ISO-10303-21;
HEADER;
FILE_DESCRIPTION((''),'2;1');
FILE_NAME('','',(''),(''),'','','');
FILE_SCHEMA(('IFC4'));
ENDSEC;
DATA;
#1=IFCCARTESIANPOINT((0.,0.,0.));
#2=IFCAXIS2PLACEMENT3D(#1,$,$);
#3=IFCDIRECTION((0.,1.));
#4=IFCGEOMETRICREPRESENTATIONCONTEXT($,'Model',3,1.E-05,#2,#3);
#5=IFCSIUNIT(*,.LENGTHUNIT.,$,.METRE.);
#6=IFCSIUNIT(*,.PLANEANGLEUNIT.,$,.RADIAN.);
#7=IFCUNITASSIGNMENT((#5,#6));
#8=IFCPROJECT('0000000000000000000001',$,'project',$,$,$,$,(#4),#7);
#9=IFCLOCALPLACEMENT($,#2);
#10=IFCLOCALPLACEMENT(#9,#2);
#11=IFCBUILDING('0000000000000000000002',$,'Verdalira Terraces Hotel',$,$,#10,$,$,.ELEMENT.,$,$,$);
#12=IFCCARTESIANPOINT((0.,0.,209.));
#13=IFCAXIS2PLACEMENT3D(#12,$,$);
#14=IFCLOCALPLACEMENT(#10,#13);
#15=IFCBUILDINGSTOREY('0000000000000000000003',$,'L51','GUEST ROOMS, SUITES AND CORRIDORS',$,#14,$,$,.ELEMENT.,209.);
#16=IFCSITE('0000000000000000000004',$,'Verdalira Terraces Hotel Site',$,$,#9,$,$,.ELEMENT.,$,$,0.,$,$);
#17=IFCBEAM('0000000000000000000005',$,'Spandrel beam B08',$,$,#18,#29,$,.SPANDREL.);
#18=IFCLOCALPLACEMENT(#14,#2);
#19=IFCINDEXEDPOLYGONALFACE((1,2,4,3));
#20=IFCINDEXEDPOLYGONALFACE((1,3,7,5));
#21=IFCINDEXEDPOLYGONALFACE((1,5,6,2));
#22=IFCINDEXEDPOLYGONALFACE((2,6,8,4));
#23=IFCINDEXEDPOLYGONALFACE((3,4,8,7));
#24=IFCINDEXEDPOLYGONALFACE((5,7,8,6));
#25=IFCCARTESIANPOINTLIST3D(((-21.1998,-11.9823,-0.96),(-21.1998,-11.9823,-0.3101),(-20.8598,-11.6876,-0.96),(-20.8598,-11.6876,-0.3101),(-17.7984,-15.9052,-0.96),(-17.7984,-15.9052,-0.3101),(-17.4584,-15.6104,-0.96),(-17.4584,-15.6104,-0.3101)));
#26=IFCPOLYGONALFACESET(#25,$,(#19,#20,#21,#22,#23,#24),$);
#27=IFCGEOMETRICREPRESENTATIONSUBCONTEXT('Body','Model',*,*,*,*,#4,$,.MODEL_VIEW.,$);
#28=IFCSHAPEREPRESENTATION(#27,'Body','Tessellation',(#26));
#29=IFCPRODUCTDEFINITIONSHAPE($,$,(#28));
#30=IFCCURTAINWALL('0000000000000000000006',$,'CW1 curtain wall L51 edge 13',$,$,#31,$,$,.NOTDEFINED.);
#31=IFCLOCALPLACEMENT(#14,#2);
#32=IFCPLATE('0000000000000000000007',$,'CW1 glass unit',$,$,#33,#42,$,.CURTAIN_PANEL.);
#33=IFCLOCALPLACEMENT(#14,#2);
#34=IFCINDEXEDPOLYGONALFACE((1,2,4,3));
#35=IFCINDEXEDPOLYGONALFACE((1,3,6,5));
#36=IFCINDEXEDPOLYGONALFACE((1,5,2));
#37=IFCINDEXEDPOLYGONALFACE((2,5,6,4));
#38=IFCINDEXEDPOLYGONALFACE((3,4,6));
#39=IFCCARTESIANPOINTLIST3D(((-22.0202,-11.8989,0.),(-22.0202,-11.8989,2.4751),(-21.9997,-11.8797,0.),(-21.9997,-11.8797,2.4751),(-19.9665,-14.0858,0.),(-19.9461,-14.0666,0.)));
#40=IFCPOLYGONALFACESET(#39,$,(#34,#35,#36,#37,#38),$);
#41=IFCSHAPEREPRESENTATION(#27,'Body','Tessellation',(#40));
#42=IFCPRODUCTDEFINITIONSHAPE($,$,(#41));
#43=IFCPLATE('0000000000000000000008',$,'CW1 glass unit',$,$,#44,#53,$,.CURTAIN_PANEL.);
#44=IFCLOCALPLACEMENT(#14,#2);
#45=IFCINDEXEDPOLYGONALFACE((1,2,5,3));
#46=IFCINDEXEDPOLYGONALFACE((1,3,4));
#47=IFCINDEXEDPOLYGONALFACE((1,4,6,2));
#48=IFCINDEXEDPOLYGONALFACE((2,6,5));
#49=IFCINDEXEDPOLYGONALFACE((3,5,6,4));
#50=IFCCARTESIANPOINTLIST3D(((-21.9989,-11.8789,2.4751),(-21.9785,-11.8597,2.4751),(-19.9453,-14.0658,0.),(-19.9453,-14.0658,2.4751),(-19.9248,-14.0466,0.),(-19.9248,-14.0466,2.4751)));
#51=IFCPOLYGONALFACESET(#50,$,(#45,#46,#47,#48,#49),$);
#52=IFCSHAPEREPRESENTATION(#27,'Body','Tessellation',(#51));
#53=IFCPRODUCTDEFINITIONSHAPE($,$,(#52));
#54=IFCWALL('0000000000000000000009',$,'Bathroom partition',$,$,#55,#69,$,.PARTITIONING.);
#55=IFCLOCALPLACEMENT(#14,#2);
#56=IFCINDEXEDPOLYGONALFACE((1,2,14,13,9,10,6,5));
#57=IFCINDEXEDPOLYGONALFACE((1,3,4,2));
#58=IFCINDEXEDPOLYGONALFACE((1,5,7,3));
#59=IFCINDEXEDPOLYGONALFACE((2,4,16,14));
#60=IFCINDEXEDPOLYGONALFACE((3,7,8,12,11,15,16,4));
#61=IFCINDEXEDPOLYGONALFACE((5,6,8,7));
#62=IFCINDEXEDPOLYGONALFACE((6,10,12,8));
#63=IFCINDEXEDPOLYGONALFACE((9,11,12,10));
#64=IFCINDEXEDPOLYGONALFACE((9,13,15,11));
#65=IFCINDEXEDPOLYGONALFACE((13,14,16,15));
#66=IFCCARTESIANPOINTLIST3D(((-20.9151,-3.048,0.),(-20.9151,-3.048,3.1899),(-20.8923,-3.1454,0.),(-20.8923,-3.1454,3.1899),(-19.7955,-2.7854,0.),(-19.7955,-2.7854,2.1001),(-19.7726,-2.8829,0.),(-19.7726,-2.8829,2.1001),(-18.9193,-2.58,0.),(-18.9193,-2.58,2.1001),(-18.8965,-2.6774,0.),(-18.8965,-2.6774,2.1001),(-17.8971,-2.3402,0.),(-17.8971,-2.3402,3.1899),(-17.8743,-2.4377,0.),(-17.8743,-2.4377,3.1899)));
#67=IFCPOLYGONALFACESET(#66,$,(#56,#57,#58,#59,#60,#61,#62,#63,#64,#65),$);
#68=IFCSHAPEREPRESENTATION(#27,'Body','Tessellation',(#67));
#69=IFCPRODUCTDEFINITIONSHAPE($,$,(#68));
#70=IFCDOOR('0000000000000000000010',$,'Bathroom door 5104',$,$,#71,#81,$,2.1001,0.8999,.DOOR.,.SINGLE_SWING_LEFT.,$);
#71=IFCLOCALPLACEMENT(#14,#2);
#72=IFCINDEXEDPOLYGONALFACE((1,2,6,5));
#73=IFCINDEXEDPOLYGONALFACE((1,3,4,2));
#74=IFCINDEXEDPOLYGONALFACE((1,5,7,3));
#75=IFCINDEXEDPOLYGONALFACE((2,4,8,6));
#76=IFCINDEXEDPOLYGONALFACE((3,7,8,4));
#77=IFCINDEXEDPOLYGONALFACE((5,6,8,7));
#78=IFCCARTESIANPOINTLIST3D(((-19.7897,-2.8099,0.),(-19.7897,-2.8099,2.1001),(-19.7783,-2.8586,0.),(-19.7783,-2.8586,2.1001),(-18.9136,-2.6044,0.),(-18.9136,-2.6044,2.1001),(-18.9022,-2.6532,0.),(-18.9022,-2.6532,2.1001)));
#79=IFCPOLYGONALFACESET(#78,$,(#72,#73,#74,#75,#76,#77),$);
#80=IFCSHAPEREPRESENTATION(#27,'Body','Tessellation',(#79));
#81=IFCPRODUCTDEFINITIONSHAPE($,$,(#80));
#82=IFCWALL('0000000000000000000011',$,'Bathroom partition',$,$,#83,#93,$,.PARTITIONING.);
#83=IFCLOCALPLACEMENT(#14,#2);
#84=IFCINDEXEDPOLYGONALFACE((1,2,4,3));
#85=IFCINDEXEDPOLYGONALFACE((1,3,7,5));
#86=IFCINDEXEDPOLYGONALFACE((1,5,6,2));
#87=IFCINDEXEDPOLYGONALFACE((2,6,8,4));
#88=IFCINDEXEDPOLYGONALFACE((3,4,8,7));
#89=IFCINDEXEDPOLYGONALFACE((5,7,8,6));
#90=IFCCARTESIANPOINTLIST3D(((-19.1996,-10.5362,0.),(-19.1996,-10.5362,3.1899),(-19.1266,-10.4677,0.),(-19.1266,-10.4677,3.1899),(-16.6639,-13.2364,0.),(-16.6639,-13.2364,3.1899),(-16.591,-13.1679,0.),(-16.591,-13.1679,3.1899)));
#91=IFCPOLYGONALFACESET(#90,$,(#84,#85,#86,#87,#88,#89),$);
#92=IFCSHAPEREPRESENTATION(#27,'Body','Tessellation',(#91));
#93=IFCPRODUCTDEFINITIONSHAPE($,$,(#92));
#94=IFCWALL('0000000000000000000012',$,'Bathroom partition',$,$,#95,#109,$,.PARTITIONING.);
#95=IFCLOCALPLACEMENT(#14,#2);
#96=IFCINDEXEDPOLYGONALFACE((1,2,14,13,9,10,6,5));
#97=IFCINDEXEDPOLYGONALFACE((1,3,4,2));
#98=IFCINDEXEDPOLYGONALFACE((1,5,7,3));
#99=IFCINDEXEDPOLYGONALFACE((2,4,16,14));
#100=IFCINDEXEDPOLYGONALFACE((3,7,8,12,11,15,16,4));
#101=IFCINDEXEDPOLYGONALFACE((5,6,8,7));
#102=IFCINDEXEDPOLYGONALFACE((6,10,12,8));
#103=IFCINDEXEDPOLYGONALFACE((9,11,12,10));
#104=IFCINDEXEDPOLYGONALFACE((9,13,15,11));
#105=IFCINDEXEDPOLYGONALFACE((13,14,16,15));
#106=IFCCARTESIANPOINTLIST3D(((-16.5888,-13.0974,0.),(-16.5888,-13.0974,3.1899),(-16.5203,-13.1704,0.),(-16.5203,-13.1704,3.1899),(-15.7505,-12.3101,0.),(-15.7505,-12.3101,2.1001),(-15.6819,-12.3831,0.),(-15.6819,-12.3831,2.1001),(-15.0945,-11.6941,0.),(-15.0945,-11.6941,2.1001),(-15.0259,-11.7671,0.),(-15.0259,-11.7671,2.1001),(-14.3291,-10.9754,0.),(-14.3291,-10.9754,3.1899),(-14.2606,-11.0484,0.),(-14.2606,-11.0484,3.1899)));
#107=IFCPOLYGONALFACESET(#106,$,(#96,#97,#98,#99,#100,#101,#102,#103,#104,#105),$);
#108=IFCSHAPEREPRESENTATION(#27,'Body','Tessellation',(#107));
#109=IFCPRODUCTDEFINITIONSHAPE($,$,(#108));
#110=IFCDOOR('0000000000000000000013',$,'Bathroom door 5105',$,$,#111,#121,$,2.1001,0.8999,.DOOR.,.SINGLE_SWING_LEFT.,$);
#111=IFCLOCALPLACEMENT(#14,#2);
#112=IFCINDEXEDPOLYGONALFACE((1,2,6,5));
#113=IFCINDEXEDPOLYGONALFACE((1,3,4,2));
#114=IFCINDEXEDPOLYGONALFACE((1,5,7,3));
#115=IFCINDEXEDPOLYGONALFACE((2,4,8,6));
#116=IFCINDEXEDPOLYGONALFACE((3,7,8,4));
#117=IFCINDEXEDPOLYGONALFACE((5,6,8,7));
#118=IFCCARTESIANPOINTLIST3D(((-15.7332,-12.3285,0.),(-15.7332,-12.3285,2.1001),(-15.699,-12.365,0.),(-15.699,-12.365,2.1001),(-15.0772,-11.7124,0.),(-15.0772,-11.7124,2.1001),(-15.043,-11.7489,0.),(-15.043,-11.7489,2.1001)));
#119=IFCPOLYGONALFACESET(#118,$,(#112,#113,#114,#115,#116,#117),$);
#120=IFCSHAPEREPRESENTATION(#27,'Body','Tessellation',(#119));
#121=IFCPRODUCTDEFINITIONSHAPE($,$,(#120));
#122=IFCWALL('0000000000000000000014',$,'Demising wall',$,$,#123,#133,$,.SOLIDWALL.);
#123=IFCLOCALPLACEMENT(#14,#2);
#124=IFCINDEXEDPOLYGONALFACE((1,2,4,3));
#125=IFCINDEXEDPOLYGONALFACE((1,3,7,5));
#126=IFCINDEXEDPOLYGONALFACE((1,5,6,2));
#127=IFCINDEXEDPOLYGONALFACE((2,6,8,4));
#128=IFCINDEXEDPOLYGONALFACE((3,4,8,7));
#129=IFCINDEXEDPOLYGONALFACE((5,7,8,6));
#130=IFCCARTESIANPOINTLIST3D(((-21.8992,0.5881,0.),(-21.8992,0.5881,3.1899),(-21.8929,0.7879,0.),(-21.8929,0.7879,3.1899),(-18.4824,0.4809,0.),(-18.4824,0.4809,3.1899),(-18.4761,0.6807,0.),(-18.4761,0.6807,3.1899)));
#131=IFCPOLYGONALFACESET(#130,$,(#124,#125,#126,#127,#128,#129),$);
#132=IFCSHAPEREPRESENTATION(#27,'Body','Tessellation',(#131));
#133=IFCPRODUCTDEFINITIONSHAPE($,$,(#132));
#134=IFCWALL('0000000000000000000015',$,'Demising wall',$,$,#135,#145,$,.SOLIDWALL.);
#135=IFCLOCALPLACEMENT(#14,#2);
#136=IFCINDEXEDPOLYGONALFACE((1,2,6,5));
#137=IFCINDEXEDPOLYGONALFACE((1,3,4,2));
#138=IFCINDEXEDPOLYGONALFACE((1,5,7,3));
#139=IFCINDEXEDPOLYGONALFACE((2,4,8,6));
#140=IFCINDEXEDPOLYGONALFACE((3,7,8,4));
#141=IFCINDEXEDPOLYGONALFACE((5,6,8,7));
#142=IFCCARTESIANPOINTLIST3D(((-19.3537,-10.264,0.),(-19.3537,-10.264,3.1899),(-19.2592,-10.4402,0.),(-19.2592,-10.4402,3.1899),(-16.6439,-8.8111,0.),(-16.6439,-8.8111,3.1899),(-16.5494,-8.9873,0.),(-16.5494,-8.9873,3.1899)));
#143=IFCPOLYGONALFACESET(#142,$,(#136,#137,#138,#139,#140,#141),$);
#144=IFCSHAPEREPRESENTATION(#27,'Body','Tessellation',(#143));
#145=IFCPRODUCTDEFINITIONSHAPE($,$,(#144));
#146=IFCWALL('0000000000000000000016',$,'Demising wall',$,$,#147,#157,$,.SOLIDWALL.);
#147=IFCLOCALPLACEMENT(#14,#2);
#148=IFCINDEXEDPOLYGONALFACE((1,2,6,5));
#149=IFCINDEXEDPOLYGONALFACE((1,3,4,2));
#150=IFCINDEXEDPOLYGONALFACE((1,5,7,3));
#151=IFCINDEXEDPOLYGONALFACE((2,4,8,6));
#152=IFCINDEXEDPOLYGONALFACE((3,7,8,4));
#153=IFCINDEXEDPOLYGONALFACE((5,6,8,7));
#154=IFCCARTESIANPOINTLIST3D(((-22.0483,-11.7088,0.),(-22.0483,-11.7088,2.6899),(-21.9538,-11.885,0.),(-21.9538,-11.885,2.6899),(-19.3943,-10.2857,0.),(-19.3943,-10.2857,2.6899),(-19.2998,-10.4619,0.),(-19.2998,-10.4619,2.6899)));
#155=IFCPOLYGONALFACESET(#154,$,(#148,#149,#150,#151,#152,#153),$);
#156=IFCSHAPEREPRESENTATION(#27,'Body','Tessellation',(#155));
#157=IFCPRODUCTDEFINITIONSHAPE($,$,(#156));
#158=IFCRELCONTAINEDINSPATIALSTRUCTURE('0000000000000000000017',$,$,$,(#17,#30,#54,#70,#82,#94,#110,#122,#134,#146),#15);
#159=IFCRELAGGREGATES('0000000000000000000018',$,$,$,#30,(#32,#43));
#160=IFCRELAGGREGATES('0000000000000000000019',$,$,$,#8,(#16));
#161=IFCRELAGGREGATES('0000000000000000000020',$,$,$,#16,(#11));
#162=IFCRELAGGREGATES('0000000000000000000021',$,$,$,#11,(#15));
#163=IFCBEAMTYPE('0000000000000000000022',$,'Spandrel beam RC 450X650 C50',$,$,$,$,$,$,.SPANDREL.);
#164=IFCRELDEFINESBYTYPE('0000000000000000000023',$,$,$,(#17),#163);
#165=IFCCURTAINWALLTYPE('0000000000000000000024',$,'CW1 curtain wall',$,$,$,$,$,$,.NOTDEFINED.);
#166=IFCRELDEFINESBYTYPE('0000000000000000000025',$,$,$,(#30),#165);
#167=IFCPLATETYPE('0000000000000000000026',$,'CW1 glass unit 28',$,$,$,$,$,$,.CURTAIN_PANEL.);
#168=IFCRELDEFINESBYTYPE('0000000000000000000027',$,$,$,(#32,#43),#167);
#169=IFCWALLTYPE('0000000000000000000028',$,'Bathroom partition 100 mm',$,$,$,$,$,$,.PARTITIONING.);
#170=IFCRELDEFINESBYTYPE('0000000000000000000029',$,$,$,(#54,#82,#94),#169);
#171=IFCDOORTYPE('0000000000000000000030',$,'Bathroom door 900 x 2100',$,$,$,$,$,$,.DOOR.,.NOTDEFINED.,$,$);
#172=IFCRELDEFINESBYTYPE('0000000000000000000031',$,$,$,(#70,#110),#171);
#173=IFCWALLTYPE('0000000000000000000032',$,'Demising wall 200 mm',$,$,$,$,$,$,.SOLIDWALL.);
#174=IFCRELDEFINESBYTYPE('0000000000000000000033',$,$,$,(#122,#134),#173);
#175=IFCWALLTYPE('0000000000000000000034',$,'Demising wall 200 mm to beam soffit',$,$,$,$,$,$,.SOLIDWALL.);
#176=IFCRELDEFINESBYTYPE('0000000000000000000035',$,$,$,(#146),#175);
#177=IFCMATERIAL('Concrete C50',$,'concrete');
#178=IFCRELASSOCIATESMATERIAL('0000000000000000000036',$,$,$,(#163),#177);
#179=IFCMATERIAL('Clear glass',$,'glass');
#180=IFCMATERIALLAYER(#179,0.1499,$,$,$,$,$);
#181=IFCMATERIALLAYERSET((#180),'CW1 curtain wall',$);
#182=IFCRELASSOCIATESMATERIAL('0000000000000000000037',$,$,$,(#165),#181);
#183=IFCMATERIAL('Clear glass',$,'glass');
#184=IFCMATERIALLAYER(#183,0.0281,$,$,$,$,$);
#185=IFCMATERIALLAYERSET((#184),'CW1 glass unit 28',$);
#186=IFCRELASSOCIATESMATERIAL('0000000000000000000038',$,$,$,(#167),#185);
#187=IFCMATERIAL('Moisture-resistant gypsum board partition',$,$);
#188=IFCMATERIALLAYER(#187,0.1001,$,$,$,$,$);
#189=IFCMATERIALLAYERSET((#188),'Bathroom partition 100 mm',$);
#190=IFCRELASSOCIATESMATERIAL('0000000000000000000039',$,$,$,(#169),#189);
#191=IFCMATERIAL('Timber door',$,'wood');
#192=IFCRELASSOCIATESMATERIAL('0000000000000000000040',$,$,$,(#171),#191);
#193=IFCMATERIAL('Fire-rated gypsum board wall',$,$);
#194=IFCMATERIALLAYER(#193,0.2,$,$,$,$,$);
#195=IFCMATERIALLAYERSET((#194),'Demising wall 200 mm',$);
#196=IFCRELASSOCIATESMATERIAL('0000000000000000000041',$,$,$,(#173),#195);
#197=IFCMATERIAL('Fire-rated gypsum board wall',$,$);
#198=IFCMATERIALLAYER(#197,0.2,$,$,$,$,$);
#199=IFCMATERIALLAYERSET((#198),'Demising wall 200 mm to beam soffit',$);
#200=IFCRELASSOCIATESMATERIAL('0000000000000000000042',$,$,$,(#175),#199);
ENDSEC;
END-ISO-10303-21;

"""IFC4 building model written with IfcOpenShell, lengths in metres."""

from ifc_helpers import new_model, si_unit, direction, frame, frame_2d, origin, origin_2d, place, context, subcontext, project, spatial, polyline, rectangle, outline, extrude, material, layer, layer_set, material_profile, profile_set, type_object, element, fill, aggregate, save


model = new_model("IFC4")

# Units and contexts
model_context = context("Model", 3, precision=1e-05, world=origin(), true_north=direction((0.0, 1.0)))
body_context = subcontext(model_context, "Body", "Model", "MODEL_VIEW")
ifc_project = project(units=[si_unit("LENGTHUNIT", "METRE"), si_unit("PLANEANGLEUNIT", "RADIAN")], contexts=[model_context])

# Site, building, storey
site_placement = place(None, origin())
site = spatial("IfcSite", under=ifc_project, at=site_placement, Name="Verdalira Terraces Hotel Site", CompositionType="ELEMENT", RefElevation=0.0)
building_placement = place(site_placement, origin())
building = spatial("IfcBuilding", under=site, at=building_placement, Name="Verdalira Terraces Hotel", CompositionType="ELEMENT")
storey_placement = place(building_placement, frame((0.0, 0.0, 209.0)))
storey = spatial("IfcBuildingStorey", under=building, at=storey_placement, Name="L51", Description="GUEST ROOMS, SUITES AND CORRIDORS", CompositionType="ELEMENT", Elevation=209.0)

# Beam
ifc_material_1 = material(Name="Concrete C50", Category="concrete")
ifc_material_profile = material_profile(ifc_material_1, rectangle(XDim=0.45, YDim=0.6499, at=origin_2d()), Name="RC 450X650")
ifc_profile_set = profile_set([ifc_material_profile], Name="Concrete C50")
beam_type = type_object("IfcBeamType", Name="Spandrel beam RC 450X650 C50", PredefinedType="SPANDREL", material=ifc_profile_set)
beam_placement = place(storey_placement, frame((-21.0298, -11.835, -0.635), z_axis=(0.655102, -0.75554, 0.0), x_axis=(0.75554, 0.655102, 0.0)))
element("IfcBeam", 1, at=beam_placement, inside=storey, type_object=beam_type, Name="Spandrel beam B08", PredefinedType="SPANDREL", context=body_context, shape_type="SweptSolid", body=[
    extrude(rectangle(XDim=0.45, YDim=0.6499, at=origin_2d()), origin(), (0.0, 0.0, 1.0), 5.1921),
])

# Curtain wall, plates
ifc_material_2 = material(Name="Clear glass", Category="glass")
ifc_layer_1 = layer(ifc_material_2, 0.1499)
ifc_layer_set_1 = layer_set([ifc_layer_1], Name="CW1 curtain wall")
curtain_wall_type = type_object("IfcCurtainWallType", Name="CW1 curtain wall", PredefinedType="NOTDEFINED", material=ifc_layer_set_1)
curtain_wall_placement = place(storey_placement, origin())
curtain_wall = element("IfcCurtainWall", 2, at=curtain_wall_placement, inside=storey, type_object=curtain_wall_type, Name="CW1 curtain wall L51 edge 13", PredefinedType="NOTDEFINED")
ifc_material_3 = material(Name="Clear glass", Category="glass")
ifc_layer_2 = layer(ifc_material_3, 0.0281)
ifc_layer_set_2 = layer_set([ifc_layer_2], Name="CW1 glass unit 28")
plate_type = type_object("IfcPlateType", Name="CW1 glass unit 28", PredefinedType="CURTAIN_PANEL", material=ifc_layer_set_2)
plate_1_placement = place(storey_placement, frame((-20.9729, -12.9731, 1.2375), z_axis=(-0.728969, -0.684547, 0.0), x_axis=(0.684547, -0.728969, 0.0)))
plate_1 = element("IfcPlate", 3, at=plate_1_placement, type_object=plate_type, Name="CW1 glass unit", PredefinedType="CURTAIN_PANEL", context=body_context, shape_type="SweptSolid", body=[
    extrude(outline(polyline([(-1.5, -1.2375), (1.5, -1.2375), (-1.5, 1.2375), (-1.5, -1.2375)])), origin(), (0.0, 0.0, 1.0), 0.0281),
])
plate_2_placement = place(storey_placement, frame((-20.9517, -12.9531, 1.2375), z_axis=(-0.728969, -0.684547, 0.0), x_axis=(0.684547, -0.728969, 0.0)))
plate_2 = element("IfcPlate", 4, at=plate_2_placement, type_object=plate_type, Name="CW1 glass unit", PredefinedType="CURTAIN_PANEL", context=body_context, shape_type="SweptSolid", body=[
    extrude(outline(polyline([(1.5, -1.2375), (1.5, 1.2375), (-1.5, 1.2375), (1.5, -1.2375)])), origin(), (0.0, 0.0, 1.0), 0.0281),
])
aggregate(curtain_wall, [plate_1, plate_2])

# Wall, opening, door
ifc_material_4 = material(Name="Moisture-resistant gypsum board partition")
ifc_layer_3 = layer(ifc_material_4, 0.1001)
ifc_layer_set_3 = layer_set([ifc_layer_3], Name="Bathroom partition 100 mm")
wall_type_1 = type_object("IfcWallType", Name="Bathroom partition 100 mm", PredefinedType="PARTITIONING", material=ifc_layer_set_3)
wall_1_placement = place(storey_placement, frame((-20.9036, -3.0967, 0.0), z_axis=(0.0, 0.0, 1.0), x_axis=(0.973587, 0.228315, 0.0)))
wall_1 = element("IfcWall", 5, at=wall_1_placement, inside=storey, type_object=wall_type_1, Name="Bathroom partition", PredefinedType="PARTITIONING", context=body_context, shape_type="SweptSolid", body=[
    extrude(rectangle(XDim=3.0999, YDim=0.1001, at=frame_2d((1.5498, 0.0))), origin(), (0.0, 0.0, 1.0), 3.1899),
])
opening_1_placement = place(wall_1_placement, frame((1.1499, 0.0, 0.0)))
opening_1 = element("IfcOpeningElement", 6, at=opening_1_placement, cuts=wall_1, PredefinedType="OPENING", context=body_context, shape_type="SweptSolid", body=[
    extrude(rectangle(XDim=0.8999, YDim=2.1001, at=frame_2d((0.45, 1.05))), frame((0.0, 0.0601, 0.0), z_axis=(0.0, -1.0, 0.0), x_axis=(1.0, 0.0, 0.0)), (0.0, 0.0, 1.0), 0.1201),
])
ifc_material_5 = material(Name="Timber door", Category="wood")
door_type_1 = type_object("IfcDoorType", Name="Bathroom door 900 x 2100", OperationType="NOTDEFINED", PredefinedType="DOOR", material=ifc_material_5)
door_1_placement = place(opening_1_placement, origin())
door_1 = element("IfcDoor", 7, at=door_1_placement, inside=storey, type_object=door_type_1, Name="Bathroom door 5104", OperationType="SINGLE_SWING_LEFT", OverallHeight=2.1001, OverallWidth=0.8999, PredefinedType="DOOR", context=body_context, shape_type="SweptSolid", body=[
    extrude(rectangle(XDim=0.8999, YDim=2.1001, at=frame_2d((0.45, 1.05))), frame((0.0, 0.0249, 0.0), z_axis=(0.0, -1.0, 0.0), x_axis=(1.0, 0.0, 0.0)), (0.0, 0.0, 1.0), 0.05),
])
fill(opening_1, door_1)

# Wall
wall_2_placement = place(storey_placement, frame((-16.6274, -13.2021, 0.0), z_axis=(0.0, 0.0, 1.0), x_axis=(-0.684546, 0.72897, 0.0)))
element("IfcWall", 8, at=wall_2_placement, inside=storey, type_object=wall_type_1, Name="Bathroom partition", PredefinedType="PARTITIONING", context=body_context, shape_type="SweptSolid", body=[
    extrude(rectangle(XDim=3.7041, YDim=0.1001, at=frame_2d((1.8521, 0.0))), origin(), (0.0, 0.0, 1.0), 3.1899),
])

# Wall, opening, door
wall_3_placement = place(storey_placement, frame((-16.5544, -13.1338, 0.0), z_axis=(0.0, 0.0, 1.0), x_axis=(0.728967, 0.684549, 0.0)))
wall_3 = element("IfcWall", 9, at=wall_3_placement, inside=storey, type_object=wall_type_1, Name="Bathroom partition", PredefinedType="PARTITIONING", context=body_context, shape_type="SweptSolid", body=[
    extrude(rectangle(XDim=3.0999, YDim=0.1001, at=frame_2d((1.5498, 0.0))), origin(), (0.0, 0.0, 1.0), 3.1899),
])
opening_2_placement = place(wall_3_placement, frame((1.1499, 0.0, 0.0)))
opening_2 = element("IfcOpeningElement", 10, at=opening_2_placement, cuts=wall_3, PredefinedType="OPENING", context=body_context, shape_type="SweptSolid", body=[
    extrude(rectangle(XDim=0.8999, YDim=2.1001, at=frame_2d((0.45, 1.05))), frame((0.0, 0.0601, 0.0), z_axis=(0.0, -1.0, 0.0), x_axis=(1.0, 0.0, 0.0)), (0.0, 0.0, 1.0), 0.1201),
])
door_2_placement = place(opening_2_placement, origin())
door_2 = element("IfcDoor", 11, at=door_2_placement, inside=storey, type_object=door_type_1, Name="Bathroom door 5105", OperationType="SINGLE_SWING_LEFT", OverallHeight=2.1001, OverallWidth=0.8999, PredefinedType="DOOR", context=body_context, shape_type="SweptSolid", body=[
    extrude(rectangle(XDim=0.8999, YDim=2.1001, at=frame_2d((0.45, 1.05))), frame((0.0, 0.0249, 0.0), z_axis=(0.0, -1.0, 0.0), x_axis=(1.0, 0.0, 0.0)), (0.0, 0.0, 1.0), 0.05),
])
fill(opening_2, door_2)

# Walls
ifc_material_6 = material(Name="Fire-rated gypsum board wall")
ifc_layer_4 = layer(ifc_material_6, 0.2)
ifc_layer_set_4 = layer_set([ifc_layer_4], Name="Demising wall 200 mm")
wall_type_2 = type_object("IfcWallType", Name="Demising wall 200 mm", PredefinedType="SOLIDWALL", material=ifc_layer_set_4)
wall_4_placement = place(storey_placement, frame((-18.4792, 0.5808, 0.0), z_axis=(0.0, 0.0, 1.0), x_axis=(-0.999508, 0.031353, 0.0)))
element("IfcWall", 12, at=wall_4_placement, inside=storey, type_object=wall_type_2, Name="Demising wall", PredefinedType="SOLIDWALL", context=body_context, shape_type="SweptSolid", body=[
    extrude(rectangle(XDim=3.4185, YDim=0.2, at=frame_2d((1.7092, 0.0))), origin(), (0.0, 0.0, 1.0), 3.1899),
])
wall_5_placement = place(storey_placement, frame((-16.5967, -8.8992, 0.0), z_axis=(0.0, 0.0, 1.0), x_axis=(-0.881311, -0.472536, 0.0)))
element("IfcWall", 13, at=wall_5_placement, inside=storey, type_object=wall_type_2, Name="Demising wall", PredefinedType="SOLIDWALL", context=body_context, shape_type="SweptSolid", body=[
    extrude(rectangle(XDim=3.0747, YDim=0.2, at=frame_2d((1.5374, 0.0))), origin(), (0.0, 0.0, 1.0), 3.1899),
])
ifc_material_7 = material(Name="Fire-rated gypsum board wall")
ifc_layer_5 = layer(ifc_material_7, 0.2)
ifc_layer_set_5 = layer_set([ifc_layer_5], Name="Demising wall 200 mm to beam soffit")
wall_type_3 = type_object("IfcWallType", Name="Demising wall 200 mm to beam soffit", PredefinedType="SOLIDWALL", material=ifc_layer_set_5)
wall_6_placement = place(storey_placement, frame((-19.3469, -10.3738, 0.0), z_axis=(0.0, 0.0, 1.0), x_axis=(-0.881303, -0.472552, 0.0)))
element("IfcWall", 14, at=wall_6_placement, inside=storey, type_object=wall_type_3, Name="Demising wall", PredefinedType="SOLIDWALL", context=body_context, shape_type="SweptSolid", body=[
    extrude(rectangle(XDim=3.0115, YDim=0.2, at=frame_2d((1.5059, 0.0))), origin(), (0.0, 0.0, 1.0), 2.6899),
])

save(model, "model.ifc")
